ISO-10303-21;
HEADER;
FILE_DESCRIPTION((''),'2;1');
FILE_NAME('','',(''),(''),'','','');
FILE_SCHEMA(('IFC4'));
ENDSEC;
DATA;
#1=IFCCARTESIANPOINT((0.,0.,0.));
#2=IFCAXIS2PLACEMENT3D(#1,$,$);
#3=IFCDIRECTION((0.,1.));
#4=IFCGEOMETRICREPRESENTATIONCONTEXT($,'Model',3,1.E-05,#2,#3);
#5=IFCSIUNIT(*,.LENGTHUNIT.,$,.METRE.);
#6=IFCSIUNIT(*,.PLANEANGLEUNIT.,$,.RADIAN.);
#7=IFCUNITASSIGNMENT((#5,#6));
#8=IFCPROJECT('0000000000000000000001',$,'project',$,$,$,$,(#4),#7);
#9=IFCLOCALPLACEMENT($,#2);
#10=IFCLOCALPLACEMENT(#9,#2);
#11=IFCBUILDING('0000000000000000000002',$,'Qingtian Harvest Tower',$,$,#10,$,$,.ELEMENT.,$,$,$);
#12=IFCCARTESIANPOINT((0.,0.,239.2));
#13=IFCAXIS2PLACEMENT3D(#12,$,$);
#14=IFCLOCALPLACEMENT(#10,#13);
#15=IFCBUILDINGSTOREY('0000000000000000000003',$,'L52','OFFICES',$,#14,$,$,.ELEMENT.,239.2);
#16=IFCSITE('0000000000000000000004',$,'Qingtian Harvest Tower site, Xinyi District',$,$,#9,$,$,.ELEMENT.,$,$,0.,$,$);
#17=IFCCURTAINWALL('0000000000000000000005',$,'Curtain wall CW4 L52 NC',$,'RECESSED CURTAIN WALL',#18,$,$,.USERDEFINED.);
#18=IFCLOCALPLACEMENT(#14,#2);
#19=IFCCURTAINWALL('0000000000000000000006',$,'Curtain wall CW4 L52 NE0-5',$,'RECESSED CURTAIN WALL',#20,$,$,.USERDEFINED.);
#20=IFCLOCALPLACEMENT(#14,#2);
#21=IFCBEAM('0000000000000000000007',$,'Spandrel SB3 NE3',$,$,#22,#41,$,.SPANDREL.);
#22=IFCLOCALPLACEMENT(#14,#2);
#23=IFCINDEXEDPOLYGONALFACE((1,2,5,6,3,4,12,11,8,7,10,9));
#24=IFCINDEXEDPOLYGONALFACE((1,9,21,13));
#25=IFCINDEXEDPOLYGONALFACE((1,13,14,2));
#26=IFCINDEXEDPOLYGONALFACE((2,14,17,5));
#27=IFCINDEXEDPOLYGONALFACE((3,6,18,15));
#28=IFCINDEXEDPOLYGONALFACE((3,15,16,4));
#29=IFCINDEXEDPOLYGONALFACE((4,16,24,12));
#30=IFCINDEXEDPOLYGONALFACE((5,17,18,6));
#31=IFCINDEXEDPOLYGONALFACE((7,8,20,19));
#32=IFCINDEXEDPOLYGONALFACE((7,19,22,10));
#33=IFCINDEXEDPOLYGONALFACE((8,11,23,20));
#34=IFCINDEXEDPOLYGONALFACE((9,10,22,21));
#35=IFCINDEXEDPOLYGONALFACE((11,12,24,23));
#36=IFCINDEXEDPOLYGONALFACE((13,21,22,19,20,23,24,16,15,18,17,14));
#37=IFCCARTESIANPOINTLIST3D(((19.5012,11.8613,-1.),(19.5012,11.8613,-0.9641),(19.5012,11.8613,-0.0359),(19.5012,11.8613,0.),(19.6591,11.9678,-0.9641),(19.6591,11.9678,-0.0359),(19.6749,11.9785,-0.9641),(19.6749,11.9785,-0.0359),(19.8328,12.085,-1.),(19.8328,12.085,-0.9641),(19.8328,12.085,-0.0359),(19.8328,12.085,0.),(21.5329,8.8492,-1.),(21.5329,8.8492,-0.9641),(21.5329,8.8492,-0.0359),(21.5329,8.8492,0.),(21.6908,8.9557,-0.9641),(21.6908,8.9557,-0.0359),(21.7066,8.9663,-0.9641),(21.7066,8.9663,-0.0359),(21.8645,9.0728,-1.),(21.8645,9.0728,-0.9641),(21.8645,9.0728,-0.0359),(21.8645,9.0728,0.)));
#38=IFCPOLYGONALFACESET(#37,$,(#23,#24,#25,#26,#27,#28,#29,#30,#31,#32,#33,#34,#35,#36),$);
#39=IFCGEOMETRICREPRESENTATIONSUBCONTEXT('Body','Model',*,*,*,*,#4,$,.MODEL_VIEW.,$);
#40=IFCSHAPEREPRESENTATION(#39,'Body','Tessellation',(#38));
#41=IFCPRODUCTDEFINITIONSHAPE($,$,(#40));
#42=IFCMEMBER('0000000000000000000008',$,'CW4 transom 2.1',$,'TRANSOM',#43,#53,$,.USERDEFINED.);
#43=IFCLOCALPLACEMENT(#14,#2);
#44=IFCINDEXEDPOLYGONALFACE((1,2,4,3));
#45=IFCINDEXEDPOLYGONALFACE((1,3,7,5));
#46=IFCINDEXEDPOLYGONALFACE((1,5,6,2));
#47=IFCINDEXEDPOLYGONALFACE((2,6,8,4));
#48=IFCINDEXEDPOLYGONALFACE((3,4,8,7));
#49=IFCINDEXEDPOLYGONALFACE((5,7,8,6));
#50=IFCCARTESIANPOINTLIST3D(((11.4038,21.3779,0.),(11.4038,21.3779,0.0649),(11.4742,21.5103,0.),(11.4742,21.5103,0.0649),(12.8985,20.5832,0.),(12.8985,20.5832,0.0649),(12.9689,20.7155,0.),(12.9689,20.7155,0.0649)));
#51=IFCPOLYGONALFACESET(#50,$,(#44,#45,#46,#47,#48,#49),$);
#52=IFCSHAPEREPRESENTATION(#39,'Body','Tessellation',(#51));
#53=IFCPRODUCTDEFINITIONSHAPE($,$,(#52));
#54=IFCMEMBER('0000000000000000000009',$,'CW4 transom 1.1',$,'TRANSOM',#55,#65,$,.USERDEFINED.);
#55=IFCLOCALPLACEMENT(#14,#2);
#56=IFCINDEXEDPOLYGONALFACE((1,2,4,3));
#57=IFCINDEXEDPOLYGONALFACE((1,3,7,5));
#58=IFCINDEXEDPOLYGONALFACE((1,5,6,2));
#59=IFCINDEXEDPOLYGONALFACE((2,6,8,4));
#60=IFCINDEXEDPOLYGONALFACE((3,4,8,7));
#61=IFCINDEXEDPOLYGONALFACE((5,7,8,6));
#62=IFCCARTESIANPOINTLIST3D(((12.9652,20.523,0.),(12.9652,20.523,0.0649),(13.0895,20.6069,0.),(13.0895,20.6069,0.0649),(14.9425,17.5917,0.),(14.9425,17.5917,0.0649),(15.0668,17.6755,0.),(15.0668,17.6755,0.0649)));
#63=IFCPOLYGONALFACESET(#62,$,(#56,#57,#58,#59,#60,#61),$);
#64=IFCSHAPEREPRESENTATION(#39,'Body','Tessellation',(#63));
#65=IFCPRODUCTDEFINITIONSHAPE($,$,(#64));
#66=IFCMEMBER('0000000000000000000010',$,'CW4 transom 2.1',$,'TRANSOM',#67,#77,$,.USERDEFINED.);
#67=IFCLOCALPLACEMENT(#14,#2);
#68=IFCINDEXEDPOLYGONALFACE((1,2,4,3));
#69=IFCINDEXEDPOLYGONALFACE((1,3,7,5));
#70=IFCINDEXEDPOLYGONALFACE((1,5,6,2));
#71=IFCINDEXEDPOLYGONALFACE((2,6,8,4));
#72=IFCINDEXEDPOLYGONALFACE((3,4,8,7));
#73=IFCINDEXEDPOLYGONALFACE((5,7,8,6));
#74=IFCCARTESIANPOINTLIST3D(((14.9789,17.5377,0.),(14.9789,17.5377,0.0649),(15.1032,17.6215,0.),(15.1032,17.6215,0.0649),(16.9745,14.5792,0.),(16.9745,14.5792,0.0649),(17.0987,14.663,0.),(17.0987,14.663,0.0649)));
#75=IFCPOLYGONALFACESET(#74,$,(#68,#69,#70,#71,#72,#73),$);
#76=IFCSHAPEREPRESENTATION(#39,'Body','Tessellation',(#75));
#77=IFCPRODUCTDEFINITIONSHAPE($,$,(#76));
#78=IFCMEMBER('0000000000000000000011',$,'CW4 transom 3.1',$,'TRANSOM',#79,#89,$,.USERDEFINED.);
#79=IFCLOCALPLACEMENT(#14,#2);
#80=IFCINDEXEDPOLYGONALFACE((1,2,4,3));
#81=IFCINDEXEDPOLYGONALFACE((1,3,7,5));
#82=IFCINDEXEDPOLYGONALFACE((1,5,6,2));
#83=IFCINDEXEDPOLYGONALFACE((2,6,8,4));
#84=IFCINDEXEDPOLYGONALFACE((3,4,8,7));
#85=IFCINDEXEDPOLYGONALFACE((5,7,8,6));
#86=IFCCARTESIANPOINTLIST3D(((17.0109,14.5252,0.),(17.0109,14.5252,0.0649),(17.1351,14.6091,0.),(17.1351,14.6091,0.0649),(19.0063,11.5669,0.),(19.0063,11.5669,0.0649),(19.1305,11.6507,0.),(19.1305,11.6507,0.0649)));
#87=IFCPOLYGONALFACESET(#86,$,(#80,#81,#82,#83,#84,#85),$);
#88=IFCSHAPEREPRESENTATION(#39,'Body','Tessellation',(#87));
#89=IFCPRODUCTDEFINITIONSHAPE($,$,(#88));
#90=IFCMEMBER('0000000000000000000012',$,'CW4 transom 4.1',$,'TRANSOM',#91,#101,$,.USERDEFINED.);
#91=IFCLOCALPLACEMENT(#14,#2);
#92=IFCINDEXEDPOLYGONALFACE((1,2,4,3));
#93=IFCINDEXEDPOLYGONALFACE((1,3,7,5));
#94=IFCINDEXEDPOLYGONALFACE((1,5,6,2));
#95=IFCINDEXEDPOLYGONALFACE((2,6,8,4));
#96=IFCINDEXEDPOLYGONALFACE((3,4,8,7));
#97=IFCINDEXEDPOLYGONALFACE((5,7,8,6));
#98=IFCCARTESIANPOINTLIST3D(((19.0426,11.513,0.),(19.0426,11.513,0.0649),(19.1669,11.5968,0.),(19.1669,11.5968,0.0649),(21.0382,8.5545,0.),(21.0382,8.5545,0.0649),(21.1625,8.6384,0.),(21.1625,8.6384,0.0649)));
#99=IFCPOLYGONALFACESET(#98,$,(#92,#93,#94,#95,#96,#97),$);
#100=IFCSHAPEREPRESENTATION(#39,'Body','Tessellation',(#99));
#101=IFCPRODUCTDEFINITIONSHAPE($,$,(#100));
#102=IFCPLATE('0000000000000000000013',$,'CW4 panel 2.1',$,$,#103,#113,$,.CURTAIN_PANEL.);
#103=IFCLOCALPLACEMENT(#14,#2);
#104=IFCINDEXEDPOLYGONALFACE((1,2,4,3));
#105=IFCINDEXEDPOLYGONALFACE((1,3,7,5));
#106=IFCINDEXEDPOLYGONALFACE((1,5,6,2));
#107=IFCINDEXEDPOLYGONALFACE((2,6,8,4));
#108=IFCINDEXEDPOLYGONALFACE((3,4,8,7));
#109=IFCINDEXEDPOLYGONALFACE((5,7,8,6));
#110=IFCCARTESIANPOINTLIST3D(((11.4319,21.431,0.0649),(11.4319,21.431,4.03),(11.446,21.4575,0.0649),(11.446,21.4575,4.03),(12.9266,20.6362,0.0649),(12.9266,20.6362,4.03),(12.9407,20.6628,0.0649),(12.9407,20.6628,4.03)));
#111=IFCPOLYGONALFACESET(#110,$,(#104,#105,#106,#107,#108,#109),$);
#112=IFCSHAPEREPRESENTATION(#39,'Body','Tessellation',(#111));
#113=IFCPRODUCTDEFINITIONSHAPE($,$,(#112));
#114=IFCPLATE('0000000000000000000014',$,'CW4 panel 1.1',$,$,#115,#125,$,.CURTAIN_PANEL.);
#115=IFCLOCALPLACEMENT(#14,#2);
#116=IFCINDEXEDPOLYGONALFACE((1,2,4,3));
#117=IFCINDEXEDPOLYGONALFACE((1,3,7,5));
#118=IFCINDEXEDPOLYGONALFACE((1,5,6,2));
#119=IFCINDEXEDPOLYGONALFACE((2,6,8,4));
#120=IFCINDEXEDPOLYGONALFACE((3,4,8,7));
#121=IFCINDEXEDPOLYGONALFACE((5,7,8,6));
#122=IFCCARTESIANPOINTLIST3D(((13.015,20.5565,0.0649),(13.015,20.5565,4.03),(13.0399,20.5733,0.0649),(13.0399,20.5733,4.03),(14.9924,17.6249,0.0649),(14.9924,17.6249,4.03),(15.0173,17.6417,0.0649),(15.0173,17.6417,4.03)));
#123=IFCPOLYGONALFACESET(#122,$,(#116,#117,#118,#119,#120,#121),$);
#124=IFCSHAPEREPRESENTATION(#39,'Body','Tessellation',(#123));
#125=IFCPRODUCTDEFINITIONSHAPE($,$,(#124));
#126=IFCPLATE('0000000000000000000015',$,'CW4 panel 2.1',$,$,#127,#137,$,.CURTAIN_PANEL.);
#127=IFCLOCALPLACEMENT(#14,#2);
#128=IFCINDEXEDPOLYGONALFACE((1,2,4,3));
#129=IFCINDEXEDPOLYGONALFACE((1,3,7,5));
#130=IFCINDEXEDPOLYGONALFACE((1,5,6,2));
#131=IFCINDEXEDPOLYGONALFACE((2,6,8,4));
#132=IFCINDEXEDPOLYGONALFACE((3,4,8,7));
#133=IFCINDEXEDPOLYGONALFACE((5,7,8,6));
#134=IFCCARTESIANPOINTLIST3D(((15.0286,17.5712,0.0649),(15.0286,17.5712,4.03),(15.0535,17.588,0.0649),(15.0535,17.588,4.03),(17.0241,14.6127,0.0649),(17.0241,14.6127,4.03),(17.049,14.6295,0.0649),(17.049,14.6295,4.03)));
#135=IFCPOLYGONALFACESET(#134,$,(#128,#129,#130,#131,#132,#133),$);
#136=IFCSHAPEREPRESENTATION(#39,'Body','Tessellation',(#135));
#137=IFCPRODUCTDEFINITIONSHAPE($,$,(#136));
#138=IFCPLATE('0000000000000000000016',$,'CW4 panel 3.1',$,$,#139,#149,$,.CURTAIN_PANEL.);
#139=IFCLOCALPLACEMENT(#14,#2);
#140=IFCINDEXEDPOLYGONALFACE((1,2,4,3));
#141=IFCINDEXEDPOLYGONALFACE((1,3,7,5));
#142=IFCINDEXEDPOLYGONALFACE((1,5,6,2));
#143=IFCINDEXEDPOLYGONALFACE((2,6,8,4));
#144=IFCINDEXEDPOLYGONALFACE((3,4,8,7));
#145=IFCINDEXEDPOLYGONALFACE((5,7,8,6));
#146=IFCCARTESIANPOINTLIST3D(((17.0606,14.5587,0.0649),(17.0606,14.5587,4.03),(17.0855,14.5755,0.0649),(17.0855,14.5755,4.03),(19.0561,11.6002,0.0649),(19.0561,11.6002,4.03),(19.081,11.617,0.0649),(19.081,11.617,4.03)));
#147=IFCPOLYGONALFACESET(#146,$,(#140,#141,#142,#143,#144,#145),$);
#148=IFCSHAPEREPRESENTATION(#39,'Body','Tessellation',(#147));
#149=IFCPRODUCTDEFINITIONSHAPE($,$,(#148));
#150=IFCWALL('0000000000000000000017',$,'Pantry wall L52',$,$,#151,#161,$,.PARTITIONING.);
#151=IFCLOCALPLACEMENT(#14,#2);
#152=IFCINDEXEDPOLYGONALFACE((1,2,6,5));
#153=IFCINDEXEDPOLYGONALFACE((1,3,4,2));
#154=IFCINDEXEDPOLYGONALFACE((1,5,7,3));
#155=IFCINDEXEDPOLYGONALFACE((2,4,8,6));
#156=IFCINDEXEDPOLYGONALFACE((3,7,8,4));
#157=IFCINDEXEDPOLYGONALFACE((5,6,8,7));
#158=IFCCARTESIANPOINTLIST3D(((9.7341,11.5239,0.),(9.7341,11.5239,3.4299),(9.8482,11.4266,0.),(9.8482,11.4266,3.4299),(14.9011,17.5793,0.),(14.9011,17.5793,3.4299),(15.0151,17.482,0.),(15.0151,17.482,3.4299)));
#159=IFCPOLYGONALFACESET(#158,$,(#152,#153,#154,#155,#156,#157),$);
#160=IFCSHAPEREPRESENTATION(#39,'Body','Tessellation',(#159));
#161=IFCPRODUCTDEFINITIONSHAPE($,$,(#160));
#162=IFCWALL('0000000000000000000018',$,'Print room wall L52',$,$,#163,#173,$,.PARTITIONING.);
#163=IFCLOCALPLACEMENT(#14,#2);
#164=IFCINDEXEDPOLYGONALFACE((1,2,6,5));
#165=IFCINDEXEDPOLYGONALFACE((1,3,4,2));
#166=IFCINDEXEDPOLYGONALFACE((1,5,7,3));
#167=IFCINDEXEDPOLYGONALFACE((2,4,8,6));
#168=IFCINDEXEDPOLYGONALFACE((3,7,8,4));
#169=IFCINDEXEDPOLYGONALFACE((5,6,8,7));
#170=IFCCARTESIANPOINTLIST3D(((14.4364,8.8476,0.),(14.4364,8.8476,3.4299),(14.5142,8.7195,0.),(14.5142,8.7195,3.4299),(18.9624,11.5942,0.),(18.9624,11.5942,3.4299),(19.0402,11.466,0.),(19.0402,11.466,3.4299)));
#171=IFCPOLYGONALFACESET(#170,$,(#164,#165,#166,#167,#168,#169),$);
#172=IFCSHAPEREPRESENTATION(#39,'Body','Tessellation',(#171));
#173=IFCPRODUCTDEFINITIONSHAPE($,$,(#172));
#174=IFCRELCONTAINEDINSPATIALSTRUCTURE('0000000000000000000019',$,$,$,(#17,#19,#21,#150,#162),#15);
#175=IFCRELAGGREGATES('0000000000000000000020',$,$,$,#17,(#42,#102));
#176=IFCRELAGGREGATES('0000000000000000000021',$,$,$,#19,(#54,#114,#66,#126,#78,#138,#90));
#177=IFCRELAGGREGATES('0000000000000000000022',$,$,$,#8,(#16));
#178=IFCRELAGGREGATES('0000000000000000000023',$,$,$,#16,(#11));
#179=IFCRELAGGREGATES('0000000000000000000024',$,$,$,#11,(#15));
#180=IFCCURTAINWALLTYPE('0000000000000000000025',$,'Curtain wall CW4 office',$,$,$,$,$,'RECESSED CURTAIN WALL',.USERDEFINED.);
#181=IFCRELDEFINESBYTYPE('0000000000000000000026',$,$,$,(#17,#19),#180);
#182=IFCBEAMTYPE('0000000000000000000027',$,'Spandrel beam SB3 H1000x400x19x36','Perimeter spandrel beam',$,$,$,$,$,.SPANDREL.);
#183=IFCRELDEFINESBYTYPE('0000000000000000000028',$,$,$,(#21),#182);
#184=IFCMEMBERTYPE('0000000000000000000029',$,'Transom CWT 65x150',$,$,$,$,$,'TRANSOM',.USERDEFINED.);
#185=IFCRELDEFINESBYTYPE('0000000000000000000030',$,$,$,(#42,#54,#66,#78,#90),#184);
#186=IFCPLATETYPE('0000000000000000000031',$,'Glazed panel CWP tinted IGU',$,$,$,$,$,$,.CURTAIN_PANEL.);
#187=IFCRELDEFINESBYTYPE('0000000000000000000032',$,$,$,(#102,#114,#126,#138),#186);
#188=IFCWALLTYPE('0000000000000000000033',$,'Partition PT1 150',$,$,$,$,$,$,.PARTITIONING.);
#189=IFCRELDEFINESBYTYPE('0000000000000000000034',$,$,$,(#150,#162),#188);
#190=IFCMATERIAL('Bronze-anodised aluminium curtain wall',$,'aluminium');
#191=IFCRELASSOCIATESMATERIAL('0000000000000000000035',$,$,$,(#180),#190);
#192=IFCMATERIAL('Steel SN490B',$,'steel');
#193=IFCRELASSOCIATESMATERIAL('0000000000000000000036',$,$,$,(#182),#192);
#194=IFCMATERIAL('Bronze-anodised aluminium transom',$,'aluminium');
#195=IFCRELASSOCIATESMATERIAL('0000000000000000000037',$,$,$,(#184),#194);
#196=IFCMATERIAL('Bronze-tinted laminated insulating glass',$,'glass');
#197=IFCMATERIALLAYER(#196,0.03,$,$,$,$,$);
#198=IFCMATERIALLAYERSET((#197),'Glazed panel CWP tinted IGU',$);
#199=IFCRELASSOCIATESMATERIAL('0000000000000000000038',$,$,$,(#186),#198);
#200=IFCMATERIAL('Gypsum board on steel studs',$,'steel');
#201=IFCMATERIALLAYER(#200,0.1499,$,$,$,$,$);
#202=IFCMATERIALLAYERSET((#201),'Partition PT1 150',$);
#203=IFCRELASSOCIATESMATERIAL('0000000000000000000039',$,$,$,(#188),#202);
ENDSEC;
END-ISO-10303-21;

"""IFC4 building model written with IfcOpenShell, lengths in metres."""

from ifc_helpers import new_model, si_unit, direction, frame, frame_2d, origin, origin_2d, place, context, subcontext, project, spatial, rectangle, i_section, extrude, material, layer, layer_set, material_profile, profile_set, type_object, element, aggregate, save


model = new_model("IFC4")

# Units and contexts
model_context = context("Model", 3, precision=1e-05, world=origin(), true_north=direction((0.0, 1.0)))
body_context = subcontext(model_context, "Body", "Model", "MODEL_VIEW")
ifc_project = project(units=[si_unit("LENGTHUNIT", "METRE"), si_unit("PLANEANGLEUNIT", "RADIAN")], contexts=[model_context])

# Site, building, storey
site_placement = place(None, origin())
site = spatial("IfcSite", under=ifc_project, at=site_placement, Name="Qingtian Harvest Tower site, Xinyi District", CompositionType="ELEMENT", RefElevation=0.0)
building_placement = place(site_placement, origin())
building = spatial("IfcBuilding", under=site, at=building_placement, Name="Qingtian Harvest Tower", CompositionType="ELEMENT")
storey_placement = place(building_placement, frame((0.0, 0.0, 239.2)))
storey = spatial("IfcBuildingStorey", under=building, at=storey_placement, Name="L52", Description="OFFICES", CompositionType="ELEMENT", Elevation=239.2)

# Curtain wall
ifc_material_1 = material(Name="Bronze-anodised aluminium curtain wall", Category="aluminium")
curtain_wall_type = type_object("IfcCurtainWallType", Name="Curtain wall CW4 office", ElementType="RECESSED CURTAIN WALL", PredefinedType="USERDEFINED", material=ifc_material_1)
curtain_wall_1_placement = place(storey_placement, origin())
curtain_wall_1 = element("IfcCurtainWall", 1, at=curtain_wall_1_placement, inside=storey, type_object=curtain_wall_type, Name="Curtain wall CW4 L52 NC", ObjectType="RECESSED CURTAIN WALL", PredefinedType="USERDEFINED")

# Curtain wall
curtain_wall_2_placement = place(storey_placement, origin())
curtain_wall_2 = element("IfcCurtainWall", 2, at=curtain_wall_2_placement, inside=storey, type_object=curtain_wall_type, Name="Curtain wall CW4 L52 NE0-5", ObjectType="RECESSED CURTAIN WALL", PredefinedType="USERDEFINED")

# Beam
ifc_material_2 = material(Name="Steel SN490B", Category="steel")
ifc_material_profile_1 = material_profile(ifc_material_2, i_section(OverallWidth=0.3999, OverallDepth=1.0, WebThickness=0.019, FlangeThickness=0.0359, at=origin_2d()), Name="H1000x400x19x36")
ifc_profile_set_1 = profile_set([ifc_material_profile_1], Name="Steel SN490B")
beam_type_1 = type_object("IfcBeamType", Name="Spandrel beam SB3 H1000x400x19x36", Description="Perimeter spandrel beam", PredefinedType="SPANDREL", material=ifc_profile_set_1)
beam_1_placement = place(storey_placement, frame((19.667, 11.9731, -0.5), z_axis=(0.559189, -0.82904, 0.0), x_axis=(0.82904, 0.559189, 0.0)))
element("IfcBeam", 3, at=beam_1_placement, inside=storey, type_object=beam_type_1, Name="Spandrel SB3 NE3", PredefinedType="SPANDREL", context=body_context, shape_type="SweptSolid", body=[
    extrude(i_section(OverallWidth=0.3999, OverallDepth=1.0, WebThickness=0.019, FlangeThickness=0.0359, at=origin_2d()), origin(), (0.0, 0.0, 1.0), 3.6333),
])

# Members
ifc_material_3 = material(Name="Bronze-anodised aluminium transom", Category="aluminium")
ifc_material_profile_2 = material_profile(ifc_material_3, rectangle(XDim=0.1499, YDim=0.0649, at=origin_2d()), Name="AL 65x150")
ifc_profile_set_2 = profile_set([ifc_material_profile_2], Name="Bronze-anodised aluminium transom")
member_type_1 = type_object("IfcMemberType", Name="Transom CWT 65x150", ElementType="TRANSOM", PredefinedType="USERDEFINED", material=ifc_profile_set_2)
member_1_placement = place(storey_placement, frame((11.439, 21.4441, 0.0325), z_axis=(0.882955, -0.469457, 0.0), x_axis=(0.469457, 0.882955, 0.0)))
member_1 = element("IfcMember", 4, at=member_1_placement, type_object=member_type_1, Name="CW4 transom 2.1", ObjectType="TRANSOM", PredefinedType="USERDEFINED", context=body_context, shape_type="SweptSolid", body=[
    extrude(rectangle(XDim=0.1499, YDim=0.0649, at=origin_2d()), origin(), (0.0, 0.0, 1.0), 1.6929),
])
member_2_placement = place(storey_placement, frame((13.0273, 20.5649, 0.0325), z_axis=(0.559201, -0.829032, 0.0), x_axis=(0.829032, 0.559201, 0.0)))
member_2 = element("IfcMember", 5, at=member_2_placement, type_object=member_type_1, Name="CW4 transom 1.1", ObjectType="TRANSOM", PredefinedType="USERDEFINED", context=body_context, shape_type="SweptSolid", body=[
    extrude(rectangle(XDim=0.1499, YDim=0.0649, at=origin_2d()), origin(), (0.0, 0.0, 1.0), 3.5359),
])
member_3_placement = place(storey_placement, frame((15.041, 17.5796, 0.0325), z_axis=(0.559207, -0.829028, 0.0), x_axis=(0.829028, 0.559207, 0.0)))
member_3 = element("IfcMember", 6, at=member_3_placement, type_object=member_type_1, Name="CW4 transom 2.1", ObjectType="TRANSOM", PredefinedType="USERDEFINED", context=body_context, shape_type="SweptSolid", body=[
    extrude(rectangle(XDim=0.1499, YDim=0.0649, at=origin_2d()), origin(), (0.0, 0.0, 1.0), 3.5686),
])
member_4_placement = place(storey_placement, frame((17.073, 14.5671, 0.0325), z_axis=(0.559192, -0.829038, 0.0), x_axis=(0.829038, 0.559192, 0.0)))
member_4 = element("IfcMember", 7, at=member_4_placement, type_object=member_type_1, Name="CW4 transom 3.1", ObjectType="TRANSOM", PredefinedType="USERDEFINED", context=body_context, shape_type="SweptSolid", body=[
    extrude(rectangle(XDim=0.1499, YDim=0.0649, at=origin_2d()), origin(), (0.0, 0.0, 1.0), 3.5684),
])
member_5_placement = place(storey_placement, frame((19.1047, 11.5549, 0.0325), z_axis=(0.559207, -0.829028, 0.0), x_axis=(0.829028, 0.559207, 0.0)))
member_5 = element("IfcMember", 8, at=member_5_placement, type_object=member_type_1, Name="CW4 transom 4.1", ObjectType="TRANSOM", PredefinedType="USERDEFINED", context=body_context, shape_type="SweptSolid", body=[
    extrude(rectangle(XDim=0.1499, YDim=0.0649, at=origin_2d()), origin(), (0.0, 0.0, 1.0), 3.5686),
])

# Plates
ifc_material_4 = material(Name="Bronze-tinted laminated insulating glass", Category="glass")
ifc_layer_1 = layer(ifc_material_4, 0.03)
ifc_layer_set_1 = layer_set([ifc_layer_1], Name="Glazed panel CWP tinted IGU")
plate_type = type_object("IfcPlateType", Name="Glazed panel CWP tinted IGU", PredefinedType="CURTAIN_PANEL", material=ifc_layer_set_1)
plate_1_placement = place(storey_placement, frame((12.1863, 21.0469, 0.0649), z_axis=(0.0, 0.0, 1.0), x_axis=(0.882948, -0.469472, 0.0)))
plate_1 = element("IfcPlate", 9, at=plate_1_placement, type_object=plate_type, Name="CW4 panel 2.1", PredefinedType="CURTAIN_PANEL", context=body_context, shape_type="SweptSolid", body=[
    extrude(rectangle(XDim=1.6929, YDim=0.03, at=origin_2d()), origin(), (0.0, 0.0, 1.0), 3.9651),
])
aggregate(curtain_wall_1, [member_1, plate_1])
plate_2_placement = place(storey_placement, frame((14.0161, 19.0991, 0.0649), z_axis=(0.0, 0.0, 1.0), x_axis=(0.559193, -0.829038, 0.0)))
plate_2 = element("IfcPlate", 10, at=plate_2_placement, type_object=plate_type, Name="CW4 panel 1.1", PredefinedType="CURTAIN_PANEL", context=body_context, shape_type="SweptSolid", body=[
    extrude(rectangle(XDim=3.5361, YDim=0.03, at=origin_2d()), origin(), (0.0, 0.0, 1.0), 3.9651),
])
plate_3_placement = place(storey_placement, frame((16.0388, 16.1003, 0.0649), z_axis=(0.0, 0.0, 1.0), x_axis=(0.559193, -0.829038, 0.0)))
plate_3 = element("IfcPlate", 11, at=plate_3_placement, type_object=plate_type, Name="CW4 panel 2.1", PredefinedType="CURTAIN_PANEL", context=body_context, shape_type="SweptSolid", body=[
    extrude(rectangle(XDim=3.5686, YDim=0.03, at=origin_2d()), origin(), (0.0, 0.0, 1.0), 3.9651),
])
plate_4_placement = place(storey_placement, frame((18.0708, 13.0879, 0.0649), z_axis=(0.0, 0.0, 1.0), x_axis=(0.559193, -0.829038, 0.0)))
plate_4 = element("IfcPlate", 12, at=plate_4_placement, type_object=plate_type, Name="CW4 panel 3.1", PredefinedType="CURTAIN_PANEL", context=body_context, shape_type="SweptSolid", body=[
    extrude(rectangle(XDim=3.5686, YDim=0.03, at=origin_2d()), origin(), (0.0, 0.0, 1.0), 3.9651),
])
aggregate(curtain_wall_2, [member_2, plate_2, member_3, plate_3, member_4, plate_4, member_5])

# Walls
ifc_material_5 = material(Name="Gypsum board on steel studs", Category="steel")
ifc_layer_2 = layer(ifc_material_5, 0.1499)
ifc_layer_set_2 = layer_set([ifc_layer_2], Name="Partition PT1 150")
wall_type = type_object("IfcWallType", Name="Partition PT1 150", PredefinedType="PARTITIONING", material=ifc_layer_set_2)
wall_1_placement = place(storey_placement, frame((14.958, 17.5305, 0.0), z_axis=(0.0, 0.0, 1.0), x_axis=(-0.649098, -0.760705, 0.0)))
element("IfcWall", 13, at=wall_1_placement, inside=storey, type_object=wall_type, Name="Pantry wall L52", PredefinedType="PARTITIONING", context=body_context, shape_type="SweptSolid", body=[
    extrude(rectangle(XDim=7.9602, YDim=0.1499, at=frame_2d((3.98, 0.0))), origin(), (0.0, 0.0, 1.0), 3.4299),
])
wall_2_placement = place(storey_placement, frame((19.0012, 11.53, 0.0), z_axis=(0.0, 0.0, 1.0), x_axis=(-0.854907, -0.518782, 0.0)))
element("IfcWall", 14, at=wall_2_placement, inside=storey, type_object=wall_type, Name="Print room wall L52", PredefinedType="PARTITIONING", context=body_context, shape_type="SweptSolid", body=[
    extrude(rectangle(XDim=5.2942, YDim=0.1499, at=frame_2d((2.647, 0.0))), origin(), (0.0, 0.0, 1.0), 3.4299),
])

save(model, "model.ifc")
